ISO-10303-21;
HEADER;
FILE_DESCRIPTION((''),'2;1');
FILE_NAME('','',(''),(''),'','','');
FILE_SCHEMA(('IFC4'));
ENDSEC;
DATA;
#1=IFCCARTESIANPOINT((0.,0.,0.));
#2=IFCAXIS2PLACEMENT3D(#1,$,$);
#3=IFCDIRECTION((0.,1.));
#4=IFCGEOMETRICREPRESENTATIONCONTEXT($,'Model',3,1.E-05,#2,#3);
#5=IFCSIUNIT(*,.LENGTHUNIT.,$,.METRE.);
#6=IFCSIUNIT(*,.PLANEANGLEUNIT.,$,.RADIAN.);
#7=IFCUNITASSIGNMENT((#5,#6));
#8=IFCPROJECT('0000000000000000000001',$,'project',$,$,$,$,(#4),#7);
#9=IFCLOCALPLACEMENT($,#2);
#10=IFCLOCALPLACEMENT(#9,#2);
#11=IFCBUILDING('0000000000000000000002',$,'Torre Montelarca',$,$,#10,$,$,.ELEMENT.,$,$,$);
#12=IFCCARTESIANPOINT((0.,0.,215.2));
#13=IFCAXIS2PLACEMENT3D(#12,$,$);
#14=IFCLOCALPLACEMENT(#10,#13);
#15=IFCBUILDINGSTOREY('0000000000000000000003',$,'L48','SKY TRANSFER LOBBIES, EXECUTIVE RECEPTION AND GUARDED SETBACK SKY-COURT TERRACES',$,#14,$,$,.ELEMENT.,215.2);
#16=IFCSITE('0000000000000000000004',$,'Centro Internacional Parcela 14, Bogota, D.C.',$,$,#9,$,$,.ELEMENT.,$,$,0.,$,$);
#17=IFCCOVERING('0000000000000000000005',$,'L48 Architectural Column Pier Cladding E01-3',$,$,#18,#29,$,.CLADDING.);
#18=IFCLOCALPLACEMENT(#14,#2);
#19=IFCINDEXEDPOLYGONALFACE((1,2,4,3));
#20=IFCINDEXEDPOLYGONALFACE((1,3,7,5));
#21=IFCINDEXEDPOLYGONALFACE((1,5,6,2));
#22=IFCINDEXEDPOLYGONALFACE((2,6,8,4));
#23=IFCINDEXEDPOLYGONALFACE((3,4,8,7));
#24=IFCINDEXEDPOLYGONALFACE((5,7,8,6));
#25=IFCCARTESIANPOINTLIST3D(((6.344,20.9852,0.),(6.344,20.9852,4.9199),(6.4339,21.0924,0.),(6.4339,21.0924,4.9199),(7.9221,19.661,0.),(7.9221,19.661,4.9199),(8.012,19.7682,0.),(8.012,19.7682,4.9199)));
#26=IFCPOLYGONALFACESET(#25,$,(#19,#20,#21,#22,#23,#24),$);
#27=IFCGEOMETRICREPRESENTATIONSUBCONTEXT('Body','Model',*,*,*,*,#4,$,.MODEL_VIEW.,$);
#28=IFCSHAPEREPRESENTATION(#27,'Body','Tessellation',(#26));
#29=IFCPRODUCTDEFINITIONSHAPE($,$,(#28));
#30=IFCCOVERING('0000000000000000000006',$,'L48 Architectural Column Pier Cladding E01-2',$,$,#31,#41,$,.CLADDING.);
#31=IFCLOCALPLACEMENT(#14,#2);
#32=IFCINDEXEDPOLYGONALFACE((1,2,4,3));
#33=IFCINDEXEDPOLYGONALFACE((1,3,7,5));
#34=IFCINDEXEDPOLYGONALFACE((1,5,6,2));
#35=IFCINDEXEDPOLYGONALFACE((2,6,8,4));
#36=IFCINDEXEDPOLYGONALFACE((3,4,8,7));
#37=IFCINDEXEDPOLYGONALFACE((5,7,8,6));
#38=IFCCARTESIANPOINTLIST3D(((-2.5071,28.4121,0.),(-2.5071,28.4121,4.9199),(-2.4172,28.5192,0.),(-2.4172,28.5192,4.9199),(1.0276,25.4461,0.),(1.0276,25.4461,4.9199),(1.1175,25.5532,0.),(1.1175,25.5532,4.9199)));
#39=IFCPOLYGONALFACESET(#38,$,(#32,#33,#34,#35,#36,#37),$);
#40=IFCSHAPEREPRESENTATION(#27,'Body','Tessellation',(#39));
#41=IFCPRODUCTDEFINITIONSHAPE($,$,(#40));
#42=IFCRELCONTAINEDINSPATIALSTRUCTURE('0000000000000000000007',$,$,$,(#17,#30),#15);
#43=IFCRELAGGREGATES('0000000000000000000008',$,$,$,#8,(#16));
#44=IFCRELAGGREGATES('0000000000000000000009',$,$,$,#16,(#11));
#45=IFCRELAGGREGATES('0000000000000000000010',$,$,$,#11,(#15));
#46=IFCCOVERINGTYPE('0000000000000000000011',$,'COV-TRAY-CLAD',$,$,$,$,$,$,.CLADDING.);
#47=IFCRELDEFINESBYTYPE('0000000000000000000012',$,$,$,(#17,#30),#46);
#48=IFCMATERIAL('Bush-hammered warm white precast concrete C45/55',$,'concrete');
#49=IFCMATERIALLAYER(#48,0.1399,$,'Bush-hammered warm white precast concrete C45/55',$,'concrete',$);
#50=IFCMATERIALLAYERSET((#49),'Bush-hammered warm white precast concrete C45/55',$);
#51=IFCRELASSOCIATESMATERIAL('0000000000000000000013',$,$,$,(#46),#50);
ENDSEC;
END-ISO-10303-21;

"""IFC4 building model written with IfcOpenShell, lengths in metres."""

from ifc_helpers import new_model, si_unit, direction, frame, origin, origin_2d, place, context, subcontext, project, spatial, rectangle, extrude, source, transform, mapped, material, layer, layer_set, type_object, element, save


model = new_model("IFC4")

# Units and contexts
model_context = context("Model", 3, precision=1e-05, world=origin(), true_north=direction((0.0, 1.0)))
body_context = subcontext(model_context, "Body", "Model", "MODEL_VIEW")
ifc_project = project(units=[si_unit("LENGTHUNIT", "METRE"), si_unit("PLANEANGLEUNIT", "RADIAN")], contexts=[model_context])

# Site, building, storey
site_placement = place(None, origin())
site = spatial("IfcSite", under=ifc_project, at=site_placement, Name="Centro Internacional Parcela 14, Bogota, D.C.", CompositionType="ELEMENT", RefElevation=0.0)
building_placement = place(site_placement, origin())
building = spatial("IfcBuilding", under=site, at=building_placement, Name="Torre Montelarca", CompositionType="ELEMENT")
storey_placement = place(building_placement, frame((0.0, 0.0, 215.2)))
storey = spatial("IfcBuildingStorey", under=building, at=storey_placement, Name="L48", Description="SKY TRANSFER LOBBIES, EXECUTIVE RECEPTION AND GUARDED SETBACK SKY-COURT TERRACES", CompositionType="ELEMENT", Elevation=215.2)

# Coverings
ifc_material_1 = material(Name="Bush-hammered warm white precast concrete C45/55", Category="concrete")
ifc_layer_1 = layer(ifc_material_1, 0.1399, Name="Bush-hammered warm white precast concrete C45/55", Category="concrete")
ifc_layer_set_1 = layer_set([ifc_layer_1], Name="Bush-hammered warm white precast concrete C45/55")
covering_type = type_object("IfcCoveringType", Name="COV-TRAY-CLAD", PredefinedType="CLADDING", material=ifc_layer_set_1)
shared_shape_1 = source(origin(), body_context, "Body", "SweptSolid", [
    extrude(rectangle(XDim=2.0601, YDim=0.1399, at=origin_2d()), origin(), (0.0, 0.0, 1.0), 4.9199),
])
covering_1_placement = place(storey_placement, frame((7.178, 20.3767, 0.0), z_axis=(0.0, 0.0, 1.0), x_axis=(0.766042, -0.64279, 0.0)))
element("IfcCovering", 1, at=covering_1_placement, inside=storey, type_object=covering_type, Name="L48 Architectural Column Pier Cladding E01-3", PredefinedType="CLADDING", context=body_context, shape_type="MappedRepresentation", body=[
    mapped(shared_shape_1, transform((0.0, 0.0, 0.0), scale=1.0)),
])
shared_shape_2 = source(origin(), body_context, "Body", "SweptSolid", [
    extrude(rectangle(XDim=4.6143, YDim=0.1399, at=origin_2d()), origin(), (0.0, 0.0, 1.0), 4.9199),
])
covering_2_placement = place(storey_placement, frame((-0.6948, 26.9827, 0.0), z_axis=(0.0, 0.0, 1.0), x_axis=(0.766042, -0.64279, 0.0)))
element("IfcCovering", 2, at=covering_2_placement, inside=storey, type_object=covering_type, Name="L48 Architectural Column Pier Cladding E01-2", PredefinedType="CLADDING", context=body_context, shape_type="MappedRepresentation", body=[
    mapped(shared_shape_2, transform((0.0, 0.0, 0.0), scale=1.0)),
])

save(model, "model.ifc")
